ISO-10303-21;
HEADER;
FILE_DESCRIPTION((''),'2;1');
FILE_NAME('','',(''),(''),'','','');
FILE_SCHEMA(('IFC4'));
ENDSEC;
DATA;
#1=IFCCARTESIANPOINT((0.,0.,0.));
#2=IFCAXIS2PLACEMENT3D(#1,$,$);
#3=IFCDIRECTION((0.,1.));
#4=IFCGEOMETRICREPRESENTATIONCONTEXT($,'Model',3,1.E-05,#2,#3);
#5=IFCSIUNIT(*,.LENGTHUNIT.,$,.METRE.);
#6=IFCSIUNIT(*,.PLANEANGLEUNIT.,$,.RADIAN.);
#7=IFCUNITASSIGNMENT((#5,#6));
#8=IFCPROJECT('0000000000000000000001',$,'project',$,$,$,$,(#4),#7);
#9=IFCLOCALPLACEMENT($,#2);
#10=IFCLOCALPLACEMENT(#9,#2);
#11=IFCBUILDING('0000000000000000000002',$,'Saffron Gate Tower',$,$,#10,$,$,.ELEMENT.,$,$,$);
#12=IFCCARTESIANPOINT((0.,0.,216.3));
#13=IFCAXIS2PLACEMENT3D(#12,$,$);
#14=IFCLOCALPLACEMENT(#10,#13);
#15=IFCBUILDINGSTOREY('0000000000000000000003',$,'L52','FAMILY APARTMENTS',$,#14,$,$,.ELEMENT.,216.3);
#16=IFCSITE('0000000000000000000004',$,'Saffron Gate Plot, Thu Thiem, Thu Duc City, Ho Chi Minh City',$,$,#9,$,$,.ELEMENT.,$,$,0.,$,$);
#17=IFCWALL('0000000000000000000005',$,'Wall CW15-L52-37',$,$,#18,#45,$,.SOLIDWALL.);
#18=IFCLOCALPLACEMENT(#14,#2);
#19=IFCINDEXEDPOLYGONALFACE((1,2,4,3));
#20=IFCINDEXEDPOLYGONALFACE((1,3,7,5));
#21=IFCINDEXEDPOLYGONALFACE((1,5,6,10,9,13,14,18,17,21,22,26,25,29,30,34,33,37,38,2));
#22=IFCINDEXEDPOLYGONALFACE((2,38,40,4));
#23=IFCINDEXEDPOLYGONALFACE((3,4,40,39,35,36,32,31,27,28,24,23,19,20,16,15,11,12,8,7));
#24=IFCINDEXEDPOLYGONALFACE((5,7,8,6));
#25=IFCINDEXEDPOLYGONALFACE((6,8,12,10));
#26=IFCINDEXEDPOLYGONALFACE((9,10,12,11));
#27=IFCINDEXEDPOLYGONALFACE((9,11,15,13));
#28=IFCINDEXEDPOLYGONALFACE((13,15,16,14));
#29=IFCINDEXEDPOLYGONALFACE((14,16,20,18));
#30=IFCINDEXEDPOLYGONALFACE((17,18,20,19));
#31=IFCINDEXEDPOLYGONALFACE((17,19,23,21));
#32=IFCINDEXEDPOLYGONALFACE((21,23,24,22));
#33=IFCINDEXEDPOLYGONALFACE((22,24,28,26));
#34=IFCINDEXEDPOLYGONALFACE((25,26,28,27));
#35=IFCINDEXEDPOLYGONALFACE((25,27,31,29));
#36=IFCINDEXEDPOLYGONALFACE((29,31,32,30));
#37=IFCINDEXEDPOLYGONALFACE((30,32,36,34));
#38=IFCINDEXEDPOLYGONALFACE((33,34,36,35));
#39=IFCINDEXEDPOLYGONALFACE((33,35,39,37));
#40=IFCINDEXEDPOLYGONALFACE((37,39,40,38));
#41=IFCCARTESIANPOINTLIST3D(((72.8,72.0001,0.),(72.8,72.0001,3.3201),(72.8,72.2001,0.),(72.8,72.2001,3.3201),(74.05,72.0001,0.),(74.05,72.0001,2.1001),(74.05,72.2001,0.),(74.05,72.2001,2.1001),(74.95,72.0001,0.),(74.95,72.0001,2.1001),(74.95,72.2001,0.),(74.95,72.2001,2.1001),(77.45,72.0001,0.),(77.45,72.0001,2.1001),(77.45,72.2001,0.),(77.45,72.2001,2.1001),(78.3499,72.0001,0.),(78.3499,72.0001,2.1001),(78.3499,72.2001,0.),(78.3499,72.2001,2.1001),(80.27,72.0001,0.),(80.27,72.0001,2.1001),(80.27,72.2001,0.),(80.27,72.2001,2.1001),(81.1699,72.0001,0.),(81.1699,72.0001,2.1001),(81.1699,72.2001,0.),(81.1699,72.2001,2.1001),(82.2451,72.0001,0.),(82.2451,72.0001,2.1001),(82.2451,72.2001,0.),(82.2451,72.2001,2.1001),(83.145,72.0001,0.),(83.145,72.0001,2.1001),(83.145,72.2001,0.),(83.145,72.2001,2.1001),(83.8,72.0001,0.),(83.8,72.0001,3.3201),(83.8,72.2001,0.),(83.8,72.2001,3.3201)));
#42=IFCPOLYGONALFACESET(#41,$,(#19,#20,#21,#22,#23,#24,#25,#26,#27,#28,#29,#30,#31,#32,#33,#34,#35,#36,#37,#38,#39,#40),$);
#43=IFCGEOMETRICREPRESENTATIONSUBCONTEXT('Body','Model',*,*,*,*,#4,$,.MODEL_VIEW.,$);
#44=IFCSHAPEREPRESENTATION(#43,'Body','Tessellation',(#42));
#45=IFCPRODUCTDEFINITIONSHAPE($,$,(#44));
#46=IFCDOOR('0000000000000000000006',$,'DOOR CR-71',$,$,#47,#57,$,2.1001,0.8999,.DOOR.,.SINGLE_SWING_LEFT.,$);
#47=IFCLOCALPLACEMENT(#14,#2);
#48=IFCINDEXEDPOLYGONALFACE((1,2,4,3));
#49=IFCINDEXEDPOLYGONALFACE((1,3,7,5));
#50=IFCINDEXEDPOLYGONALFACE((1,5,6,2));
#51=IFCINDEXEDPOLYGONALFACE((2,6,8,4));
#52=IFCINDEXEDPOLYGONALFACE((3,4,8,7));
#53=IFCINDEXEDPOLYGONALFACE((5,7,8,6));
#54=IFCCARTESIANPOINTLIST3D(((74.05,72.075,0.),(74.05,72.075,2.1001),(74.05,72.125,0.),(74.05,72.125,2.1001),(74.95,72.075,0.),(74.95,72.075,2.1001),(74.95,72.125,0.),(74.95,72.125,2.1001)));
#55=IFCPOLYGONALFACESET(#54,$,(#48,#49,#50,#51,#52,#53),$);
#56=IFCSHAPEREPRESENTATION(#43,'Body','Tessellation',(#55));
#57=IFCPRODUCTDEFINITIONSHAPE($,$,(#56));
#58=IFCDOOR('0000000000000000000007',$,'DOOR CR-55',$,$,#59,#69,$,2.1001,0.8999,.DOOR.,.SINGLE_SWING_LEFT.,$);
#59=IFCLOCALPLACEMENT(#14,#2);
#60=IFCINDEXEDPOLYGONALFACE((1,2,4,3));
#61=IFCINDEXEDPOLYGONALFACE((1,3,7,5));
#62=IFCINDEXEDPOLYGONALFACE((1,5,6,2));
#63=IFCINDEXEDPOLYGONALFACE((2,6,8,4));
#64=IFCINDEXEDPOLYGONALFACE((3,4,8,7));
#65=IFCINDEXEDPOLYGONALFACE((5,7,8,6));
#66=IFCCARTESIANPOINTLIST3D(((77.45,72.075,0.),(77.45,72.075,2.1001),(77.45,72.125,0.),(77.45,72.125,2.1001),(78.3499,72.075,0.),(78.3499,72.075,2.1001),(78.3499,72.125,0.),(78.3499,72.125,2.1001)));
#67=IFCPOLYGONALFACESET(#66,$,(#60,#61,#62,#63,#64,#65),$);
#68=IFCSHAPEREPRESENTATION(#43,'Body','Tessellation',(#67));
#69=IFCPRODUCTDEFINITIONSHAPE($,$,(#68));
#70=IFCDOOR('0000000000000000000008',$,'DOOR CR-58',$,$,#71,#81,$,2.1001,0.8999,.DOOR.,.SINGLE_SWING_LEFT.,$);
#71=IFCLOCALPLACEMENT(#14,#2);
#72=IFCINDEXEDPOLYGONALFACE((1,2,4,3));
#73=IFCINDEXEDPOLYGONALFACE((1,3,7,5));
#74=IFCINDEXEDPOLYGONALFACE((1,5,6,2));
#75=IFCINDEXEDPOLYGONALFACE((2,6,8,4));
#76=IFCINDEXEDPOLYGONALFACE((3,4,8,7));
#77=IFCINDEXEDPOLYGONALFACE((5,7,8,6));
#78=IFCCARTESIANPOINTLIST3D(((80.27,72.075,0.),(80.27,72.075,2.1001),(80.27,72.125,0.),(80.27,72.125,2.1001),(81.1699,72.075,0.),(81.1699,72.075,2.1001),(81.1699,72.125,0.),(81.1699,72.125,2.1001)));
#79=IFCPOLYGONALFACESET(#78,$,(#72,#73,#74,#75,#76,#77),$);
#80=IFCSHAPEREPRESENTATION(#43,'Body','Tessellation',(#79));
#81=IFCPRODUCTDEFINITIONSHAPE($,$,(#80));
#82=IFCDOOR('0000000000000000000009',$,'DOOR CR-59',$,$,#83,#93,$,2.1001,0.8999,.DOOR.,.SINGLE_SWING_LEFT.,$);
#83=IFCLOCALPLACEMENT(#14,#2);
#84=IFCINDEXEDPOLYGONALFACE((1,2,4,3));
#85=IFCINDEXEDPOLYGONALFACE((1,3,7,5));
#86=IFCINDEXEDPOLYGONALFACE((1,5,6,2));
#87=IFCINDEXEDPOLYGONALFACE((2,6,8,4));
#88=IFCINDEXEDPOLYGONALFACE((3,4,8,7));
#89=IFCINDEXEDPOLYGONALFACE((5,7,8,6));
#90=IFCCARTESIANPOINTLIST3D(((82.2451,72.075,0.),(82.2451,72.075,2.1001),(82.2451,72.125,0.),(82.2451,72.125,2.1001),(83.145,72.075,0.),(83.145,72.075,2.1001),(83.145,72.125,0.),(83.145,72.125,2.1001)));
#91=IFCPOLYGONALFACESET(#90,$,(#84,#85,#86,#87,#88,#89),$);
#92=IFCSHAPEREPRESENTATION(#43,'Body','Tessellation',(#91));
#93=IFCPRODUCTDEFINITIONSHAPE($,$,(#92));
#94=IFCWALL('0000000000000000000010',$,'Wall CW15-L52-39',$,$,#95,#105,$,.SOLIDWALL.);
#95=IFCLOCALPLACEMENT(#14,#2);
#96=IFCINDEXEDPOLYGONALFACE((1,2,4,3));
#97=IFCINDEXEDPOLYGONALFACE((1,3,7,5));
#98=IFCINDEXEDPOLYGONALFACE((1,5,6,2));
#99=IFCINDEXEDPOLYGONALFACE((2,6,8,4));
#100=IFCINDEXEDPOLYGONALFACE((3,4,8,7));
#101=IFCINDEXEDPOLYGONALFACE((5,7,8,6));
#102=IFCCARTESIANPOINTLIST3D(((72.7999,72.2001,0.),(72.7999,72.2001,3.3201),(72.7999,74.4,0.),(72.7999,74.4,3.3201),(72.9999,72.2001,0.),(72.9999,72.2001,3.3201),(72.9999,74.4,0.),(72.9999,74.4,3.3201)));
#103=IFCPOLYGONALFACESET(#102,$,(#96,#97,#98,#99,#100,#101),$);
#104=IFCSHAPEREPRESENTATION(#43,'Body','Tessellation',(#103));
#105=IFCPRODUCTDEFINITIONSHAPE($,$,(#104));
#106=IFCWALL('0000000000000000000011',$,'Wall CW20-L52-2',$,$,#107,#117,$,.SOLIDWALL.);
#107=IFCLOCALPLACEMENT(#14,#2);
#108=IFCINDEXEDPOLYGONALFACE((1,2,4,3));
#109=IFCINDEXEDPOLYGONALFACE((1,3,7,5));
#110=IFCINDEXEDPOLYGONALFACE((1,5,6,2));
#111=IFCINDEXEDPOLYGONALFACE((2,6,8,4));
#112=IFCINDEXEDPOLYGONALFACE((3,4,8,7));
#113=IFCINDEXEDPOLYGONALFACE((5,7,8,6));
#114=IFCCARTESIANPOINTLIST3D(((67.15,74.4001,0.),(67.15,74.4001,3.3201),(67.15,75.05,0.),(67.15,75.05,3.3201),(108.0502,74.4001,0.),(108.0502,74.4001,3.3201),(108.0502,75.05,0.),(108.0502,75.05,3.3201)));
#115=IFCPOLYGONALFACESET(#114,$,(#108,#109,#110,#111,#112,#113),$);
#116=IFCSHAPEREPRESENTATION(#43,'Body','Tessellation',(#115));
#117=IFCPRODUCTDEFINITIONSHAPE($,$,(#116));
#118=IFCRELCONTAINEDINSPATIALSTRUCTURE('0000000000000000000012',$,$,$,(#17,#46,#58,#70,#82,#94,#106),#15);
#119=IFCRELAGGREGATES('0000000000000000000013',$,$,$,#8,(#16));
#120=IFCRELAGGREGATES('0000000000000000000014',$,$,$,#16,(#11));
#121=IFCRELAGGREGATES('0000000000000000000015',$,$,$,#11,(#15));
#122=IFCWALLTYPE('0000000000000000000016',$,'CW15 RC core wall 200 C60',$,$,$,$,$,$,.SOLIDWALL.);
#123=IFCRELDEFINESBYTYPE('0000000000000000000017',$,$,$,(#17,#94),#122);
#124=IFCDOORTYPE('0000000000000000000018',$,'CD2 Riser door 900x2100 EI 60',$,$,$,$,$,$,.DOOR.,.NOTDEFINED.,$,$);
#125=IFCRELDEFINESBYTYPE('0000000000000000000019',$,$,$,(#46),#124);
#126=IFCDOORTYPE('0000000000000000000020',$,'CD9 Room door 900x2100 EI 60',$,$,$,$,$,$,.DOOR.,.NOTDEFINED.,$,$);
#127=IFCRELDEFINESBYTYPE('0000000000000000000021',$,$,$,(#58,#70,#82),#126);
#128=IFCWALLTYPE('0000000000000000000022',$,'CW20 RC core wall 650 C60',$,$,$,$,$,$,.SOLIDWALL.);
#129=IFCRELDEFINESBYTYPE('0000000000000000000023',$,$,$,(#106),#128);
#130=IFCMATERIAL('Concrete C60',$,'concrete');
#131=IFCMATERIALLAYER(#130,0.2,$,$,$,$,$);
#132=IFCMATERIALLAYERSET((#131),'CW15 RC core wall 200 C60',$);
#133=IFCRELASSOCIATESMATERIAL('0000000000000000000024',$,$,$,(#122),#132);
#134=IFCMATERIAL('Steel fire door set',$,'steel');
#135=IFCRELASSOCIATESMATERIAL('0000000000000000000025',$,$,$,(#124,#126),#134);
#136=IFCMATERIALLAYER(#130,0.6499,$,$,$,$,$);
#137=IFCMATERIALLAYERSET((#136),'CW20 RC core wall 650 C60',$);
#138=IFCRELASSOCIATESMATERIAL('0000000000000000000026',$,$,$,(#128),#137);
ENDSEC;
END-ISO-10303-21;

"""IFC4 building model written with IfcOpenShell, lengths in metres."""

from ifc_helpers import new_model, si_unit, direction, frame, frame_2d, origin, place, context, subcontext, project, spatial, rectangle, extrude, material, layer, layer_set, type_object, element, fill, save


model = new_model("IFC4")

# Units and contexts
model_context = context("Model", 3, precision=1e-05, world=origin(), true_north=direction((0.0, 1.0)))
body_context = subcontext(model_context, "Body", "Model", "MODEL_VIEW")
ifc_project = project(units=[si_unit("LENGTHUNIT", "METRE"), si_unit("PLANEANGLEUNIT", "RADIAN")], contexts=[model_context])

# Site, building, storey
site_placement = place(None, origin())
site = spatial("IfcSite", under=ifc_project, at=site_placement, Name="Saffron Gate Plot, Thu Thiem, Thu Duc City, Ho Chi Minh City", CompositionType="ELEMENT", RefElevation=0.0)
building_placement = place(site_placement, origin())
building = spatial("IfcBuilding", under=site, at=building_placement, Name="Saffron Gate Tower", CompositionType="ELEMENT")
storey_placement = place(building_placement, frame((0.0, 0.0, 216.3)))
storey = spatial("IfcBuildingStorey", under=building, at=storey_placement, Name="L52", Description="FAMILY APARTMENTS", CompositionType="ELEMENT", Elevation=216.3)

# Shared definitions
ifc_material_1 = material(Name="Concrete C60", Category="concrete")
ifc_layer_1 = layer(ifc_material_1, 0.2)
ifc_layer_set_1 = layer_set([ifc_layer_1], Name="CW15 RC core wall 200 C60")
wall_type_1 = type_object("IfcWallType", Name="CW15 RC core wall 200 C60", PredefinedType="SOLIDWALL", material=ifc_layer_set_1)
ifc_material_2 = material(Name="Steel fire door set", Category="steel")

# Wall, openings, doors
wall_1_placement = place(storey_placement, frame((72.8, 72.1001, 0.0), z_axis=(0.0, 0.0, 1.0), x_axis=(1.0, 0.0, 0.0)))
wall_1 = element("IfcWall", 1, at=wall_1_placement, inside=storey, type_object=wall_type_1, Name="Wall CW15-L52-37", PredefinedType="SOLIDWALL", context=body_context, shape_type="SweptSolid", body=[
    extrude(rectangle(XDim=11.0, YDim=0.2, at=frame_2d((5.5, 0.0))), origin(), (0.0, 0.0, 1.0), 3.3201),
])
opening_1_placement = place(wall_1_placement, frame((1.25, 0.0, 0.0)))
opening_1 = element("IfcOpeningElement", 2, at=opening_1_placement, cuts=wall_1, PredefinedType="OPENING", context=body_context, shape_type="SweptSolid", body=[
    extrude(rectangle(XDim=0.8999, YDim=2.1001, at=frame_2d((0.45, 1.05))), frame((0.0, 0.1099, 0.0), z_axis=(0.0, -1.0, 0.0), x_axis=(1.0, 0.0, 0.0)), (0.0, 0.0, 1.0), 0.22),
])
opening_2_placement = place(wall_1_placement, frame((4.6499, 0.0, 0.0)))
opening_2 = element("IfcOpeningElement", 3, at=opening_2_placement, cuts=wall_1, PredefinedType="OPENING", context=body_context, shape_type="SweptSolid", body=[
    extrude(rectangle(XDim=0.8999, YDim=2.1001, at=frame_2d((0.45, 1.05))), frame((0.0, 0.1099, 0.0), z_axis=(0.0, -1.0, 0.0), x_axis=(1.0, 0.0, 0.0)), (0.0, 0.0, 1.0), 0.22),
])
opening_3_placement = place(wall_1_placement, frame((7.47, 0.0, 0.0)))
opening_3 = element("IfcOpeningElement", 4, at=opening_3_placement, cuts=wall_1, PredefinedType="OPENING", context=body_context, shape_type="SweptSolid", body=[
    extrude(rectangle(XDim=0.8999, YDim=2.1001, at=frame_2d((0.45, 1.05))), frame((0.0, 0.1099, 0.0), z_axis=(0.0, -1.0, 0.0), x_axis=(1.0, 0.0, 0.0)), (0.0, 0.0, 1.0), 0.22),
])
opening_4_placement = place(wall_1_placement, frame((9.4451, 0.0, 0.0)))
opening_4 = element("IfcOpeningElement", 5, at=opening_4_placement, cuts=wall_1, PredefinedType="OPENING", context=body_context, shape_type="SweptSolid", body=[
    extrude(rectangle(XDim=0.8999, YDim=2.1001, at=frame_2d((0.45, 1.05))), frame((0.0, 0.1099, 0.0), z_axis=(0.0, -1.0, 0.0), x_axis=(1.0, 0.0, 0.0)), (0.0, 0.0, 1.0), 0.22),
])
door_type_1 = type_object("IfcDoorType", Name="CD2 Riser door 900x2100 EI 60", OperationType="NOTDEFINED", PredefinedType="DOOR", material=ifc_material_2)
door_1_placement = place(opening_1_placement, origin())
door_1 = element("IfcDoor", 6, at=door_1_placement, inside=storey, type_object=door_type_1, Name="DOOR CR-71", OperationType="SINGLE_SWING_LEFT", OverallHeight=2.1001, OverallWidth=0.8999, PredefinedType="DOOR", context=body_context, shape_type="SweptSolid", body=[
    extrude(rectangle(XDim=0.8999, YDim=2.1001, at=frame_2d((0.45, 1.05))), frame((0.0, 0.0249, 0.0), z_axis=(0.0, -1.0, 0.0), x_axis=(1.0, 0.0, 0.0)), (0.0, 0.0, 1.0), 0.05),
])
fill(opening_1, door_1)
door_type_2 = type_object("IfcDoorType", Name="CD9 Room door 900x2100 EI 60", OperationType="NOTDEFINED", PredefinedType="DOOR", material=ifc_material_2)
door_2_placement = place(opening_2_placement, origin())
door_2 = element("IfcDoor", 7, at=door_2_placement, inside=storey, type_object=door_type_2, Name="DOOR CR-55", OperationType="SINGLE_SWING_LEFT", OverallHeight=2.1001, OverallWidth=0.8999, PredefinedType="DOOR", context=body_context, shape_type="SweptSolid", body=[
    extrude(rectangle(XDim=0.8999, YDim=2.1001, at=frame_2d((0.45, 1.05))), frame((0.0, 0.0249, 0.0), z_axis=(0.0, -1.0, 0.0), x_axis=(1.0, 0.0, 0.0)), (0.0, 0.0, 1.0), 0.05),
])
fill(opening_2, door_2)
door_3_placement = place(opening_3_placement, origin())
door_3 = element("IfcDoor", 8, at=door_3_placement, inside=storey, type_object=door_type_2, Name="DOOR CR-58", OperationType="SINGLE_SWING_LEFT", OverallHeight=2.1001, OverallWidth=0.8999, PredefinedType="DOOR", context=body_context, shape_type="SweptSolid", body=[
    extrude(rectangle(XDim=0.8999, YDim=2.1001, at=frame_2d((0.45, 1.05))), frame((0.0, 0.0249, 0.0), z_axis=(0.0, -1.0, 0.0), x_axis=(1.0, 0.0, 0.0)), (0.0, 0.0, 1.0), 0.05),
])
fill(opening_3, door_3)
door_4_placement = place(opening_4_placement, origin())
door_4 = element("IfcDoor", 9, at=door_4_placement, inside=storey, type_object=door_type_2, Name="DOOR CR-59", OperationType="SINGLE_SWING_LEFT", OverallHeight=2.1001, OverallWidth=0.8999, PredefinedType="DOOR", context=body_context, shape_type="SweptSolid", body=[
    extrude(rectangle(XDim=0.8999, YDim=2.1001, at=frame_2d((0.45, 1.05))), frame((0.0, 0.0249, 0.0), z_axis=(0.0, -1.0, 0.0), x_axis=(1.0, 0.0, 0.0)), (0.0, 0.0, 1.0), 0.05),
])
fill(opening_4, door_4)

# Walls
wall_2_placement = place(storey_placement, frame((72.8999, 72.2, 0.0), z_axis=(0.0, 0.0, 1.0), x_axis=(0.0, 1.0, 0.0)))
element("IfcWall", 10, at=wall_2_placement, inside=storey, type_object=wall_type_1, Name="Wall CW15-L52-39", PredefinedType="SOLIDWALL", context=body_context, shape_type="SweptSolid", body=[
    extrude(rectangle(XDim=2.2, YDim=0.2, at=frame_2d((1.1001, 0.0))), origin(), (0.0, 0.0, 1.0), 3.3201),
])
ifc_layer_2 = layer(ifc_material_1, 0.6499)
ifc_layer_set_2 = layer_set([ifc_layer_2], Name="CW20 RC core wall 650 C60")
wall_type_2 = type_object("IfcWallType", Name="CW20 RC core wall 650 C60", PredefinedType="SOLIDWALL", material=ifc_layer_set_2)
wall_3_placement = place(storey_placement, frame((67.1499, 74.7251, 0.0), z_axis=(0.0, 0.0, 1.0), x_axis=(1.0, 0.0, 0.0)))
element("IfcWall", 11, at=wall_3_placement, inside=storey, type_object=wall_type_2, Name="Wall CW20-L52-2", PredefinedType="SOLIDWALL", context=body_context, shape_type="SweptSolid", body=[
    extrude(rectangle(XDim=40.9001, YDim=0.6499, at=frame_2d((20.4502, 0.0))), origin(), (0.0, 0.0, 1.0), 3.3201),
])

save(model, "model.ifc")
